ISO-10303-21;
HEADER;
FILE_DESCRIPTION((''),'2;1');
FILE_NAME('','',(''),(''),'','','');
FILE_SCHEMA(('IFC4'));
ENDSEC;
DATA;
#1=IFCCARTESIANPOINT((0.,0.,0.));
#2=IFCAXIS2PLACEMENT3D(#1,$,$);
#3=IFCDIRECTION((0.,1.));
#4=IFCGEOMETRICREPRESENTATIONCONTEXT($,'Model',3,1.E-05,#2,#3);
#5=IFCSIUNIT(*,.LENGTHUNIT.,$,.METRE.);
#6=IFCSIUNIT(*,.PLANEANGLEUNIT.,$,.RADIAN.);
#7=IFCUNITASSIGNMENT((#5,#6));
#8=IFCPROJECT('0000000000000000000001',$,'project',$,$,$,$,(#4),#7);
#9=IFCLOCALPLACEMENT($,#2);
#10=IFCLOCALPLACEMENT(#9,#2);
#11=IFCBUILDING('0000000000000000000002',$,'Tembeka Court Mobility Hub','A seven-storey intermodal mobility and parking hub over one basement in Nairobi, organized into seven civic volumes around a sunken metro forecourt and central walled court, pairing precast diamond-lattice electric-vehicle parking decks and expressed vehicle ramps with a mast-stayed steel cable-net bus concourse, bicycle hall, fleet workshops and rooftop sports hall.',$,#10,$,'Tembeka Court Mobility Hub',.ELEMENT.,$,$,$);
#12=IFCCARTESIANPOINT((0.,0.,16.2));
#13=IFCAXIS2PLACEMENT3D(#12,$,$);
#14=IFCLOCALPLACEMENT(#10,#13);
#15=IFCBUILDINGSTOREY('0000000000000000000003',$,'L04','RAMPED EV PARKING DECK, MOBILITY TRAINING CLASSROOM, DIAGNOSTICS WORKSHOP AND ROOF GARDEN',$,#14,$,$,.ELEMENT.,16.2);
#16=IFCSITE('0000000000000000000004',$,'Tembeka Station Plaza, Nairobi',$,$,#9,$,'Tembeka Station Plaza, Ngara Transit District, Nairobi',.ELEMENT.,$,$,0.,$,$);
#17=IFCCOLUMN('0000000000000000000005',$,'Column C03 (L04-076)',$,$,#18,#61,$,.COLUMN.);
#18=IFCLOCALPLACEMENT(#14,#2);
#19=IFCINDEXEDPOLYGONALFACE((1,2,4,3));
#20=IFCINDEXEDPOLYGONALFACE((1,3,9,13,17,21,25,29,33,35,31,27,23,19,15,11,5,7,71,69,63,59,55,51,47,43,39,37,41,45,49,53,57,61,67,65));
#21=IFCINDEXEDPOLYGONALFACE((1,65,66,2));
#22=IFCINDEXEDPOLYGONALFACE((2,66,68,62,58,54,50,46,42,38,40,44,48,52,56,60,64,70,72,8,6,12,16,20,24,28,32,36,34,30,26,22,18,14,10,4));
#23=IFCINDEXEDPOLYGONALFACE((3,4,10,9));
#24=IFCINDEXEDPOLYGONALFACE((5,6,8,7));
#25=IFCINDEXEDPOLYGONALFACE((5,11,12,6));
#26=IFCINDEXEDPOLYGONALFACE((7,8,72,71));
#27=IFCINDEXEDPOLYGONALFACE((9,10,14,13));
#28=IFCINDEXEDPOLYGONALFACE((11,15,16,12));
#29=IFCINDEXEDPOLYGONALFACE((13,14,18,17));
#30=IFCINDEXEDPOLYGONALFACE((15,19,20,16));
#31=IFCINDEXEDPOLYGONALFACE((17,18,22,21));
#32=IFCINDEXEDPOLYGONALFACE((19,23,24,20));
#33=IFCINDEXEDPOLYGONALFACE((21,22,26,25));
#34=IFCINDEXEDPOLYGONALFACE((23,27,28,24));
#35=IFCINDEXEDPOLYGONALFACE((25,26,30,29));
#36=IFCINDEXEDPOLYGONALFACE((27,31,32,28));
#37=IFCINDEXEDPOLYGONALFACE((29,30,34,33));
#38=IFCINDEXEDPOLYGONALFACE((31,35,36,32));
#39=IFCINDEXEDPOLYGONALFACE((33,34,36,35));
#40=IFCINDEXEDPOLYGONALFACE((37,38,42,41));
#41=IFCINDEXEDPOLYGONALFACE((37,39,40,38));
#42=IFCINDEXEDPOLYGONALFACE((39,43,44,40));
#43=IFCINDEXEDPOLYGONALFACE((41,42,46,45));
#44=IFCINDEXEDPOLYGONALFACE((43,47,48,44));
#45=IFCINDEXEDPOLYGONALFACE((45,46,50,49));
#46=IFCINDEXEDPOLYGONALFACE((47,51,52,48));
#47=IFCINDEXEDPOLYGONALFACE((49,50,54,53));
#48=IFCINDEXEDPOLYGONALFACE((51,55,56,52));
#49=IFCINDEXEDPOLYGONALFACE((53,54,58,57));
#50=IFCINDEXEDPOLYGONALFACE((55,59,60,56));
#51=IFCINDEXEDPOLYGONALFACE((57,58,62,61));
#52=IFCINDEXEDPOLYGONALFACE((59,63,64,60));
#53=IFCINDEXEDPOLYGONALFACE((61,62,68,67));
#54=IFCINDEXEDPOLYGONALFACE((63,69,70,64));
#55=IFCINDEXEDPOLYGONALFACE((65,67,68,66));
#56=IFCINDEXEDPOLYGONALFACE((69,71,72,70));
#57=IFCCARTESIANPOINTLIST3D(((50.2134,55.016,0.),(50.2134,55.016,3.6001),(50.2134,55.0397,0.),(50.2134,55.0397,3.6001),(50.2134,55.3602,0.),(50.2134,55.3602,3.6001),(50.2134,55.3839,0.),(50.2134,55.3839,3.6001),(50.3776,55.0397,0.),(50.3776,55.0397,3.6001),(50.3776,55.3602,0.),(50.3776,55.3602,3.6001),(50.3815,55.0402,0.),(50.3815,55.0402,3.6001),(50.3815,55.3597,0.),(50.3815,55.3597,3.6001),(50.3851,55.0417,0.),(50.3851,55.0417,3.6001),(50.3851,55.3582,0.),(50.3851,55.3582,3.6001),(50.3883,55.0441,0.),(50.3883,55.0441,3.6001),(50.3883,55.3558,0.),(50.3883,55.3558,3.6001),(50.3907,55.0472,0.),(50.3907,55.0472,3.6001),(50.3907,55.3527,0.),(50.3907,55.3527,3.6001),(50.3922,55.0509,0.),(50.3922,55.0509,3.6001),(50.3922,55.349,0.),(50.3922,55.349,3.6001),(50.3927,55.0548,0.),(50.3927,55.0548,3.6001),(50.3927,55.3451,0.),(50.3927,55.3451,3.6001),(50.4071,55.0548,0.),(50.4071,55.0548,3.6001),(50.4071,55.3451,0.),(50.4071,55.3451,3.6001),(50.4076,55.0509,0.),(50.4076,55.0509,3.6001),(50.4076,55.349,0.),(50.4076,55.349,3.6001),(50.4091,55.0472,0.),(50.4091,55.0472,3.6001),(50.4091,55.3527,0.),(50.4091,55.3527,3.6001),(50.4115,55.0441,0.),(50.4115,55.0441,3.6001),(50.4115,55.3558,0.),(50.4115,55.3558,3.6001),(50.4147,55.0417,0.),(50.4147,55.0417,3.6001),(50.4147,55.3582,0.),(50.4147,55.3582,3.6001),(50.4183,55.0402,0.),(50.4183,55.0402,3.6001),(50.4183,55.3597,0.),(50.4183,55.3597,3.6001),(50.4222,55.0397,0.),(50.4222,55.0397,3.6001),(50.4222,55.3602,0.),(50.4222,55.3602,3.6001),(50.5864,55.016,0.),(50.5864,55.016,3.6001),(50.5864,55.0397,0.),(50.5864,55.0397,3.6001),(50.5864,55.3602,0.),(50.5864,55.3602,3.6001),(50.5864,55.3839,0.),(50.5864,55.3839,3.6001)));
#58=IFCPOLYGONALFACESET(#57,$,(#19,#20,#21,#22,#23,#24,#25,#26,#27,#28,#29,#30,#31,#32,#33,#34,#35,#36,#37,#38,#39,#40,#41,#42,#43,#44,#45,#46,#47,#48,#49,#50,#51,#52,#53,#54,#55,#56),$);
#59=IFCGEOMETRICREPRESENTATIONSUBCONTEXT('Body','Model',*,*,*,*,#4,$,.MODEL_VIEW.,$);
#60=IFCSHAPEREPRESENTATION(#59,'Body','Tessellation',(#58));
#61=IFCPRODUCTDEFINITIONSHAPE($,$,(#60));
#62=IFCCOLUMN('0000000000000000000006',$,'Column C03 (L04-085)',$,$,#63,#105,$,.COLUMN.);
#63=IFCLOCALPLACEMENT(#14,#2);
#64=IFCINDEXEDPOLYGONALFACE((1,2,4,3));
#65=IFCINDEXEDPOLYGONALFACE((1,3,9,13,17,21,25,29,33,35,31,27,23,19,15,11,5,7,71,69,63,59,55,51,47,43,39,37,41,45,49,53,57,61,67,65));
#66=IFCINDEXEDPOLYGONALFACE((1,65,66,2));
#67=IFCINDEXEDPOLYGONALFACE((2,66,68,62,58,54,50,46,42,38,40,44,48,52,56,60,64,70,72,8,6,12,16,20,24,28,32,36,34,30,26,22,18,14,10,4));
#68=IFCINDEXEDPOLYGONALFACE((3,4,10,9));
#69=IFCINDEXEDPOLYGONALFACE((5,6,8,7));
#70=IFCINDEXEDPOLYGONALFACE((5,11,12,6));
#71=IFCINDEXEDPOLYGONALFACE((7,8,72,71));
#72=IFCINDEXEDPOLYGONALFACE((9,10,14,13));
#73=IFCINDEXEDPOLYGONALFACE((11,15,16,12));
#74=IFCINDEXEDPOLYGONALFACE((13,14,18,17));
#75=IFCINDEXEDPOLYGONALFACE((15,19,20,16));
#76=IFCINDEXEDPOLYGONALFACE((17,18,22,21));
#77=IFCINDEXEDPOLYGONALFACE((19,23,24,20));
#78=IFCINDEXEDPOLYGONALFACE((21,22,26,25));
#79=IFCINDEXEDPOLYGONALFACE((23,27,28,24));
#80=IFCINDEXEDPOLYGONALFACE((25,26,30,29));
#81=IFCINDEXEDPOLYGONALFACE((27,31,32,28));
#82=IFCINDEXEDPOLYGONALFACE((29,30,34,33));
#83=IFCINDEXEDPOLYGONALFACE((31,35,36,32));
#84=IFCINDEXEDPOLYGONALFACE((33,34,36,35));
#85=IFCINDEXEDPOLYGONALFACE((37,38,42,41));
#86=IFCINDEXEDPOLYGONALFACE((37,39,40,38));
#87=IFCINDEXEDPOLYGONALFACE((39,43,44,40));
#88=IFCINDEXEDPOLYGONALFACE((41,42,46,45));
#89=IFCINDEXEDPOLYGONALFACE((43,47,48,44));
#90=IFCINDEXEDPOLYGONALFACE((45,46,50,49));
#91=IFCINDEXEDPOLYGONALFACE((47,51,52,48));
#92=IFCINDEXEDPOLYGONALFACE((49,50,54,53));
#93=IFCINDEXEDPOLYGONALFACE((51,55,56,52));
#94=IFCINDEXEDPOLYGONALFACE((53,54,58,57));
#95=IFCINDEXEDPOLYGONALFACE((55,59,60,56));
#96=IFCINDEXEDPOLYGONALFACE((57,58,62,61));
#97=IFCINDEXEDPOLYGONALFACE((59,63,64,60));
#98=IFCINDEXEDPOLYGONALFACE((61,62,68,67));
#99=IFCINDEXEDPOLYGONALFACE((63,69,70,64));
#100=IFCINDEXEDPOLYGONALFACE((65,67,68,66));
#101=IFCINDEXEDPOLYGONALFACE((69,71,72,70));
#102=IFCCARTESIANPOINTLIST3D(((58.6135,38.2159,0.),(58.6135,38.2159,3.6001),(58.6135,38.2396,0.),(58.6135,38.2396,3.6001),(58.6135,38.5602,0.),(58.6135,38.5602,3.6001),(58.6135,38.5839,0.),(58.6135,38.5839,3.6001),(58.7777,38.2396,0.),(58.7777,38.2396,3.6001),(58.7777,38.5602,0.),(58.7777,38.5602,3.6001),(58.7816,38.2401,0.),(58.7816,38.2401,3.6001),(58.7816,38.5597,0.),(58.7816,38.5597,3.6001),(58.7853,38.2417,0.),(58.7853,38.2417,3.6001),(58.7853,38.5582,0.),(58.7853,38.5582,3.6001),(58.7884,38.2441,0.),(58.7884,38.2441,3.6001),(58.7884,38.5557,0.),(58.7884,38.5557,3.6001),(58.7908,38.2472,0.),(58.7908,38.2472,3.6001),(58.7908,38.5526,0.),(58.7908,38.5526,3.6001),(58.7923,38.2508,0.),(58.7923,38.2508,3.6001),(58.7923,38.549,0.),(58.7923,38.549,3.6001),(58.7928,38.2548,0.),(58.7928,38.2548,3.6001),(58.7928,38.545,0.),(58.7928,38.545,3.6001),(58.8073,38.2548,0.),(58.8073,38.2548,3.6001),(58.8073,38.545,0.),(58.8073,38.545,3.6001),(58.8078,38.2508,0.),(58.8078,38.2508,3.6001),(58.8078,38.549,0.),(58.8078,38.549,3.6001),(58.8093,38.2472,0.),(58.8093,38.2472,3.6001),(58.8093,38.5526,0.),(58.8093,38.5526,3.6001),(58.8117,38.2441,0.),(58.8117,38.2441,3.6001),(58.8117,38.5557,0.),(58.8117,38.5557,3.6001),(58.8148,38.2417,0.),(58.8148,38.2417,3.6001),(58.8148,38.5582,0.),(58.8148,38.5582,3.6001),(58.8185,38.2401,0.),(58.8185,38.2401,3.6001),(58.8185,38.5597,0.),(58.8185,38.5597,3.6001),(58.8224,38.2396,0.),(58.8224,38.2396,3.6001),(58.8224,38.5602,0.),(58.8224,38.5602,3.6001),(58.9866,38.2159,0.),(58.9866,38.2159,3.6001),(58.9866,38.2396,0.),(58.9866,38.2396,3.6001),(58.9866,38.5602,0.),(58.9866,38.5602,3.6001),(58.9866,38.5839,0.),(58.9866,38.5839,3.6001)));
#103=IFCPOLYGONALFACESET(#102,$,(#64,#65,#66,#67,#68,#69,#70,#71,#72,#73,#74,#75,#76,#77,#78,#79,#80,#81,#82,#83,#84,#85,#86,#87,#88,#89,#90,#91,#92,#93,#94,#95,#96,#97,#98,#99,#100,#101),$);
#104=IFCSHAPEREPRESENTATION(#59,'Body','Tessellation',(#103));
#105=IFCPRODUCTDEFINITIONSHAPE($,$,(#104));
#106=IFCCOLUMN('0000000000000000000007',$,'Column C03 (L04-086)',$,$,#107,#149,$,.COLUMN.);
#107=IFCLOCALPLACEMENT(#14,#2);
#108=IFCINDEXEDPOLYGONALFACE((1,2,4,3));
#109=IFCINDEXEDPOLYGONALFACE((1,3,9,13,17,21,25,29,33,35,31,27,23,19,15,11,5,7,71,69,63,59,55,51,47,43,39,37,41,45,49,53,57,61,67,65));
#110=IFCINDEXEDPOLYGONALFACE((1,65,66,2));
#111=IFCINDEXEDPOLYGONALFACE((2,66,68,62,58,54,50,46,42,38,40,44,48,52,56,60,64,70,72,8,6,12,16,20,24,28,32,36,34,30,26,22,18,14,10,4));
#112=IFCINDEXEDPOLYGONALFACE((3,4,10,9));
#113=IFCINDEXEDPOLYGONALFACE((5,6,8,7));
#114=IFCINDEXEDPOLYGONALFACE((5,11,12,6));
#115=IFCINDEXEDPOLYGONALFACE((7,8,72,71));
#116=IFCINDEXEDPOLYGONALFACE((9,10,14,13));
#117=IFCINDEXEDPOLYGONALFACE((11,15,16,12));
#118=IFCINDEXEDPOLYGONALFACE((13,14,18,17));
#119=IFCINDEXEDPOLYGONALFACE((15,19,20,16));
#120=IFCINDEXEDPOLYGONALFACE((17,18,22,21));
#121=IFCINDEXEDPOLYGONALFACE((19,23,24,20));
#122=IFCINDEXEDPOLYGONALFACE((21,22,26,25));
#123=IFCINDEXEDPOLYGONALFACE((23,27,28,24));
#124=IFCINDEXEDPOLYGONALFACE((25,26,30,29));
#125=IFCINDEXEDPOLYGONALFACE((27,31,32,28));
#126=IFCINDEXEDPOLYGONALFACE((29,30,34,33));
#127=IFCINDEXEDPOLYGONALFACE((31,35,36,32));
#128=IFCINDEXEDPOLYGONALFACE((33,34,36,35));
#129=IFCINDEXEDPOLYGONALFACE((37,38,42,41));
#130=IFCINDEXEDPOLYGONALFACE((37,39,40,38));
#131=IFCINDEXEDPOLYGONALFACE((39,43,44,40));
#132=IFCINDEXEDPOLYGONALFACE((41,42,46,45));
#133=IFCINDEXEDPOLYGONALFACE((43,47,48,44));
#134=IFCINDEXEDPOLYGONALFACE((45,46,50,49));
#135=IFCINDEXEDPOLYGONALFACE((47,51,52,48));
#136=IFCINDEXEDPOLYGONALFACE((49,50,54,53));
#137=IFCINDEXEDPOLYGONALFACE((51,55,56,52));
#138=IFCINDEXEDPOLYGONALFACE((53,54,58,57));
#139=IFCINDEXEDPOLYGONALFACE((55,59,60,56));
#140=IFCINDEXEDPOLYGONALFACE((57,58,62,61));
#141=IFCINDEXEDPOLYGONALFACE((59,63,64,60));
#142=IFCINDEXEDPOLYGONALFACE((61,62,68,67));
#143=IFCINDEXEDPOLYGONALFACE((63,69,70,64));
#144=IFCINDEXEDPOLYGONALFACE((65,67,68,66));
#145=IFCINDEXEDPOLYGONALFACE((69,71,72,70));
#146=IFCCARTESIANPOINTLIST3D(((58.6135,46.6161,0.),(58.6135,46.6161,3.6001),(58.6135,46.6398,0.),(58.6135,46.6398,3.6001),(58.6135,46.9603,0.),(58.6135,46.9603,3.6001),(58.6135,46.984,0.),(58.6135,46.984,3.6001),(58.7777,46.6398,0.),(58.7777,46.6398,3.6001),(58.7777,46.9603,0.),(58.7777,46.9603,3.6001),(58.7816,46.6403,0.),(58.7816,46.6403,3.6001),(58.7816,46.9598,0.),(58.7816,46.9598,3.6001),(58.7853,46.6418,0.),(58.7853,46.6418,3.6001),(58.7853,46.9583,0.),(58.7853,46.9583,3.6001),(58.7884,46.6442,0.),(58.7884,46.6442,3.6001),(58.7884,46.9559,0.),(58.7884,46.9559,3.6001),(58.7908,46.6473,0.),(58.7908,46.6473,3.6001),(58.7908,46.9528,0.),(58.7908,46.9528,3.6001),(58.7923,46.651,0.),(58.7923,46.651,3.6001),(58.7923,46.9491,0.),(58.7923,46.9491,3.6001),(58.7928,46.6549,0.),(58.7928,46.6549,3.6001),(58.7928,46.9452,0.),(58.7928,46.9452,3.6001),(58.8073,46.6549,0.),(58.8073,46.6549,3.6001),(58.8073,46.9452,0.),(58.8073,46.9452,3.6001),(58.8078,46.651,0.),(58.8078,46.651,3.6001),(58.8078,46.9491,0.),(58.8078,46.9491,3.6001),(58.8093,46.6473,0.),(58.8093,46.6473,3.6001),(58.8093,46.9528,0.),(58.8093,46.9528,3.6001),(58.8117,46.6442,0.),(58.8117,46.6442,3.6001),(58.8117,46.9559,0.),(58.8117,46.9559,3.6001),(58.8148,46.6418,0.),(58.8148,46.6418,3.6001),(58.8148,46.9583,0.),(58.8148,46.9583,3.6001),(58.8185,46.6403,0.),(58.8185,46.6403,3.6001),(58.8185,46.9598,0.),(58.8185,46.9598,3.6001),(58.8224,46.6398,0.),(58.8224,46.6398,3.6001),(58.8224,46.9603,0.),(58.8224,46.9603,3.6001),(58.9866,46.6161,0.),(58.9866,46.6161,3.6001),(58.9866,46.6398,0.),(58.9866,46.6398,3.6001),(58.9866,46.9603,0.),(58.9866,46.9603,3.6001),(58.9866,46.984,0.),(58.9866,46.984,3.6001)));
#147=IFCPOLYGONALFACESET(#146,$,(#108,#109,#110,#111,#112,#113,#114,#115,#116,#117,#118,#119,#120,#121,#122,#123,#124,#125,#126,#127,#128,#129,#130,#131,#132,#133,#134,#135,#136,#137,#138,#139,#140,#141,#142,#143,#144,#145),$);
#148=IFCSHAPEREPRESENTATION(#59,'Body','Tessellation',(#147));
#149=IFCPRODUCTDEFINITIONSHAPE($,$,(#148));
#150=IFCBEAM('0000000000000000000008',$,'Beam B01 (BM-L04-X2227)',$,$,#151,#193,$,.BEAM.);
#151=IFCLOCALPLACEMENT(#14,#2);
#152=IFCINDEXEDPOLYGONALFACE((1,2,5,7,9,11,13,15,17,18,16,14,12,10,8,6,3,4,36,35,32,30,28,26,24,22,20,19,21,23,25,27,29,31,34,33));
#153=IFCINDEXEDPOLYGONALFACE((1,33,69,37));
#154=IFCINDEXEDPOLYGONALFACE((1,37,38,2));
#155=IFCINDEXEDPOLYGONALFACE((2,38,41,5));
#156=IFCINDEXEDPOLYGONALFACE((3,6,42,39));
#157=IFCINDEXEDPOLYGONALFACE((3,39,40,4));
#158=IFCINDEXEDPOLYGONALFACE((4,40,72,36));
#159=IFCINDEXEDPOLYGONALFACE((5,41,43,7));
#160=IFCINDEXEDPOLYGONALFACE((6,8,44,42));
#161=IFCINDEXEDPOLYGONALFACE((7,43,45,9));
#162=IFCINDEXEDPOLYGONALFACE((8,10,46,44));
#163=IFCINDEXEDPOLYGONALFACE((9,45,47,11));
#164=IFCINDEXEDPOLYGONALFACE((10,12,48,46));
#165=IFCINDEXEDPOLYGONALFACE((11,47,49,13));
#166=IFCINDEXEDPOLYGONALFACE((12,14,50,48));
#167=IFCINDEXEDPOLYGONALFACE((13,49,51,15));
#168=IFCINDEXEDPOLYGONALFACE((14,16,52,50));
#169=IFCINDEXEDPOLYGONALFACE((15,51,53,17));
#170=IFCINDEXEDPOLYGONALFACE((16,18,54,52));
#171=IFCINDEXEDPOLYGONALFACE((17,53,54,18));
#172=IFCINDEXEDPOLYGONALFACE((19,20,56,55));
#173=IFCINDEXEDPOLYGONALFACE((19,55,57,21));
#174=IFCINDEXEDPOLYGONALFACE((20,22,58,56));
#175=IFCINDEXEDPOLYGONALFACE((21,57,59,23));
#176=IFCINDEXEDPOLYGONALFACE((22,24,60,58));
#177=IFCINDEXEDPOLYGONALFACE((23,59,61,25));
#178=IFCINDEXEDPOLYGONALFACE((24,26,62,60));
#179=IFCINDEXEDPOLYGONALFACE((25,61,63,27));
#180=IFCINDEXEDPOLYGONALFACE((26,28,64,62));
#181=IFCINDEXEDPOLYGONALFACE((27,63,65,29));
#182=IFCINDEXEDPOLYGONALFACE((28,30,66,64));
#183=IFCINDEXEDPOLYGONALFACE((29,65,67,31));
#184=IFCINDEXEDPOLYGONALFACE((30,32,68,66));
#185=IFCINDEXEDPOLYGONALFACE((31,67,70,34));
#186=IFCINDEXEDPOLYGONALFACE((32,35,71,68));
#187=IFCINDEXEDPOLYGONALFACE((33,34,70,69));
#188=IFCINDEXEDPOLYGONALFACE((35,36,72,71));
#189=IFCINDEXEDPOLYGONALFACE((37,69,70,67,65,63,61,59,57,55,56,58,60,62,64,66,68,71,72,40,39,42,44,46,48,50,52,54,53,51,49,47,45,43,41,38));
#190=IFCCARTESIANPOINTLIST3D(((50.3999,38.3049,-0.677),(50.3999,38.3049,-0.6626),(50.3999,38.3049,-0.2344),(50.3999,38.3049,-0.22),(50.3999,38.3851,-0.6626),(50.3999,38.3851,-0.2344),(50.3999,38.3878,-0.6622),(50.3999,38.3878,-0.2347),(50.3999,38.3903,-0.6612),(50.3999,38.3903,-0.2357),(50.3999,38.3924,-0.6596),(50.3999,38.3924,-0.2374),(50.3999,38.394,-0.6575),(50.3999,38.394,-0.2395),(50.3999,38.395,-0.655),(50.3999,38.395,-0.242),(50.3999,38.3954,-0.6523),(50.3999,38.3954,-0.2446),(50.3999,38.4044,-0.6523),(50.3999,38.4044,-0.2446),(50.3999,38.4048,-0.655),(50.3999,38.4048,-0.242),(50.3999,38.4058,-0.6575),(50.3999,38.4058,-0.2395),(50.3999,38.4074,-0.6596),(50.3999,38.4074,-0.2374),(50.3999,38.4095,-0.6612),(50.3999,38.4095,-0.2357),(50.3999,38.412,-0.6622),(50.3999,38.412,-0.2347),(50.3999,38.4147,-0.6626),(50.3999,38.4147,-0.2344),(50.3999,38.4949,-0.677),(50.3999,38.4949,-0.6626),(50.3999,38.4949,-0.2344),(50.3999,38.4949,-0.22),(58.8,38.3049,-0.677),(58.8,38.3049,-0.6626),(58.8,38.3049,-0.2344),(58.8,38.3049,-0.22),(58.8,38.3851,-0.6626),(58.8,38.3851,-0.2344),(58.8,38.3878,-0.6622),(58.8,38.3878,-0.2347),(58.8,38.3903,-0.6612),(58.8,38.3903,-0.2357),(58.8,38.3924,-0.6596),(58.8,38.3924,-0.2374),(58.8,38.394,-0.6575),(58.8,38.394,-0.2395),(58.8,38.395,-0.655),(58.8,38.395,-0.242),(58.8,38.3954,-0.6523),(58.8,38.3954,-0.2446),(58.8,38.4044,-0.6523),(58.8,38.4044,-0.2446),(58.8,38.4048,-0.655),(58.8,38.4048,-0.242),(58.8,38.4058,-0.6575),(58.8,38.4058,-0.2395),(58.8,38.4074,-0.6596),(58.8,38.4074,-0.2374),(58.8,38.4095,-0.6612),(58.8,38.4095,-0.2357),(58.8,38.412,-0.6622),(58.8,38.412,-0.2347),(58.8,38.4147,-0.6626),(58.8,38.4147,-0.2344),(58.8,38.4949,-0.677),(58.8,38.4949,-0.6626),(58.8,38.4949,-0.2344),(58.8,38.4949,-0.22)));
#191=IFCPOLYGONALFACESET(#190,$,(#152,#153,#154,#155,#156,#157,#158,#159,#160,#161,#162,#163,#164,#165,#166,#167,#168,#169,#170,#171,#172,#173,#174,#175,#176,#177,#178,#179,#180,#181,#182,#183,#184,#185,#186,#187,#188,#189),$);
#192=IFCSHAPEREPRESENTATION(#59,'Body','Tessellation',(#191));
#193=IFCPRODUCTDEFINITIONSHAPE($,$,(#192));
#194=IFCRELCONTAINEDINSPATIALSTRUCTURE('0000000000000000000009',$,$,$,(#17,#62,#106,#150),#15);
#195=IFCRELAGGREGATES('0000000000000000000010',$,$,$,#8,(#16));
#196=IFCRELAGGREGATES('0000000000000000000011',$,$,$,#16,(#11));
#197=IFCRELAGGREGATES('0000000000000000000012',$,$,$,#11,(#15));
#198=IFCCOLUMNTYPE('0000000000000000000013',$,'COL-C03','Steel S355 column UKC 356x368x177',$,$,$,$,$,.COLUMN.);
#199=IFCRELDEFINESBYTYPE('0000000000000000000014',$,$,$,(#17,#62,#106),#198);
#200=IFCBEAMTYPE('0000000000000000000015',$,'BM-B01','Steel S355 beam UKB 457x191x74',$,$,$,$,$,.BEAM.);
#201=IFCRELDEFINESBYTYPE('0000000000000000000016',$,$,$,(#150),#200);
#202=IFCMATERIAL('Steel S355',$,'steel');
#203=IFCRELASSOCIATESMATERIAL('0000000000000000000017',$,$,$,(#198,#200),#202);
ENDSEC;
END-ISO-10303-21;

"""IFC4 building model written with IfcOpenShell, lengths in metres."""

from ifc_helpers import new_model, si_unit, direction, frame, origin, origin_2d, place, context, subcontext, project, spatial, i_section, extrude, material, material_profile, profile_set, type_object, element, save


model = new_model("IFC4")

# Units and contexts
model_context = context("Model", 3, precision=1e-05, world=origin(), true_north=direction((0.0, 1.0)))
body_context = subcontext(model_context, "Body", "Model", "MODEL_VIEW")
ifc_project = project(units=[si_unit("LENGTHUNIT", "METRE"), si_unit("PLANEANGLEUNIT", "RADIAN")], contexts=[model_context])

# Site, building, storey
site_placement = place(None, origin())
site = spatial("IfcSite", under=ifc_project, at=site_placement, Name="Tembeka Station Plaza, Nairobi", LongName="Tembeka Station Plaza, Ngara Transit District, Nairobi", CompositionType="ELEMENT", RefElevation=0.0)
building_placement = place(site_placement, origin())
building = spatial("IfcBuilding", under=site, at=building_placement, Name="Tembeka Court Mobility Hub", Description="A seven-storey intermodal mobility and parking hub over one basement in Nairobi, organized into seven civic volumes around a sunken metro forecourt and central walled court, pairing precast diamond-lattice electric-vehicle parking decks and expressed vehicle ramps with a mast-stayed steel cable-net bus concourse, bicycle hall, fleet workshops and rooftop sports hall.", LongName="Tembeka Court Mobility Hub", CompositionType="ELEMENT")
storey_placement = place(building_placement, frame((0.0, 0.0, 16.2)))
storey = spatial("IfcBuildingStorey", under=building, at=storey_placement, Name="L04", Description="RAMPED EV PARKING DECK, MOBILITY TRAINING CLASSROOM, DIAGNOSTICS WORKSHOP AND ROOF GARDEN", CompositionType="ELEMENT", Elevation=16.2)

# Columns
ifc_material = material(Name="Steel S355", Category="steel")
ifc_material_profile_1 = material_profile(ifc_material, i_section(OverallWidth=0.373, OverallDepth=0.3679, WebThickness=0.0144, FlangeThickness=0.0237, FilletRadius=0.0151, at=origin_2d()), Name="UKC 356x368x177")
ifc_profile_set_1 = profile_set([ifc_material_profile_1], Name="Steel S355")
column_type = type_object("IfcColumnType", Name="COL-C03", Description="Steel S355 column UKC 356x368x177", PredefinedType="COLUMN", material=ifc_profile_set_1)
for number, where, z_axis, x_axis, name in (
    (1, (50.3999, 55.2, 0.0), (0.0, 0.0, 1.0), (1.0, 0.0, 0.0), "Column C03 (L04-076)"),
    (2, (58.8, 38.3999, 0.0), (0.0, 0.0, 1.0), (1.0, 0.0, 0.0), "Column C03 (L04-085)"),
    (3, (58.8, 46.8, 0.0), (0.0, 0.0, 1.0), (1.0, 0.0, 0.0), "Column C03 (L04-086)"),
):
    element("IfcColumn", number, at=place(storey_placement, frame(where, z_axis=z_axis, x_axis=x_axis)), inside=storey, type_object=column_type, Name=name, PredefinedType="COLUMN", context=body_context, shape_type="SweptSolid", body=[
        extrude(i_section(OverallWidth=0.373, OverallDepth=0.3679, WebThickness=0.0144, FlangeThickness=0.0237, FilletRadius=0.0151, at=origin_2d()), origin(), (0.0, 0.0, 1.0), 3.6001),
    ])

# Beam
ifc_material_profile_2 = material_profile(ifc_material, i_section(OverallWidth=0.1899, OverallDepth=0.457, WebThickness=0.009, FlangeThickness=0.0144, FilletRadius=0.0103, at=origin_2d()), Name="UKB 457x191x74")
ifc_profile_set_2 = profile_set([ifc_material_profile_2], Name="Steel S355")
beam_type_1 = type_object("IfcBeamType", Name="BM-B01", Description="Steel S355 beam UKB 457x191x74", PredefinedType="BEAM", material=ifc_profile_set_2)
beam_1_placement = place(storey_placement, frame((50.3999, 38.3999, -0.4485), z_axis=(1.0, 0.0, 0.0), x_axis=(0.0, 1.0, 0.0)))
element("IfcBeam", 4, at=beam_1_placement, inside=storey, type_object=beam_type_1, Name="Beam B01 (BM-L04-X2227)", PredefinedType="BEAM", context=body_context, shape_type="SweptSolid", body=[
    extrude(i_section(OverallWidth=0.1899, OverallDepth=0.457, WebThickness=0.009, FlangeThickness=0.0144, FilletRadius=0.0103, at=origin_2d()), origin(), (0.0, 0.0, 1.0), 8.4001),
])

save(model, "model.ifc")
